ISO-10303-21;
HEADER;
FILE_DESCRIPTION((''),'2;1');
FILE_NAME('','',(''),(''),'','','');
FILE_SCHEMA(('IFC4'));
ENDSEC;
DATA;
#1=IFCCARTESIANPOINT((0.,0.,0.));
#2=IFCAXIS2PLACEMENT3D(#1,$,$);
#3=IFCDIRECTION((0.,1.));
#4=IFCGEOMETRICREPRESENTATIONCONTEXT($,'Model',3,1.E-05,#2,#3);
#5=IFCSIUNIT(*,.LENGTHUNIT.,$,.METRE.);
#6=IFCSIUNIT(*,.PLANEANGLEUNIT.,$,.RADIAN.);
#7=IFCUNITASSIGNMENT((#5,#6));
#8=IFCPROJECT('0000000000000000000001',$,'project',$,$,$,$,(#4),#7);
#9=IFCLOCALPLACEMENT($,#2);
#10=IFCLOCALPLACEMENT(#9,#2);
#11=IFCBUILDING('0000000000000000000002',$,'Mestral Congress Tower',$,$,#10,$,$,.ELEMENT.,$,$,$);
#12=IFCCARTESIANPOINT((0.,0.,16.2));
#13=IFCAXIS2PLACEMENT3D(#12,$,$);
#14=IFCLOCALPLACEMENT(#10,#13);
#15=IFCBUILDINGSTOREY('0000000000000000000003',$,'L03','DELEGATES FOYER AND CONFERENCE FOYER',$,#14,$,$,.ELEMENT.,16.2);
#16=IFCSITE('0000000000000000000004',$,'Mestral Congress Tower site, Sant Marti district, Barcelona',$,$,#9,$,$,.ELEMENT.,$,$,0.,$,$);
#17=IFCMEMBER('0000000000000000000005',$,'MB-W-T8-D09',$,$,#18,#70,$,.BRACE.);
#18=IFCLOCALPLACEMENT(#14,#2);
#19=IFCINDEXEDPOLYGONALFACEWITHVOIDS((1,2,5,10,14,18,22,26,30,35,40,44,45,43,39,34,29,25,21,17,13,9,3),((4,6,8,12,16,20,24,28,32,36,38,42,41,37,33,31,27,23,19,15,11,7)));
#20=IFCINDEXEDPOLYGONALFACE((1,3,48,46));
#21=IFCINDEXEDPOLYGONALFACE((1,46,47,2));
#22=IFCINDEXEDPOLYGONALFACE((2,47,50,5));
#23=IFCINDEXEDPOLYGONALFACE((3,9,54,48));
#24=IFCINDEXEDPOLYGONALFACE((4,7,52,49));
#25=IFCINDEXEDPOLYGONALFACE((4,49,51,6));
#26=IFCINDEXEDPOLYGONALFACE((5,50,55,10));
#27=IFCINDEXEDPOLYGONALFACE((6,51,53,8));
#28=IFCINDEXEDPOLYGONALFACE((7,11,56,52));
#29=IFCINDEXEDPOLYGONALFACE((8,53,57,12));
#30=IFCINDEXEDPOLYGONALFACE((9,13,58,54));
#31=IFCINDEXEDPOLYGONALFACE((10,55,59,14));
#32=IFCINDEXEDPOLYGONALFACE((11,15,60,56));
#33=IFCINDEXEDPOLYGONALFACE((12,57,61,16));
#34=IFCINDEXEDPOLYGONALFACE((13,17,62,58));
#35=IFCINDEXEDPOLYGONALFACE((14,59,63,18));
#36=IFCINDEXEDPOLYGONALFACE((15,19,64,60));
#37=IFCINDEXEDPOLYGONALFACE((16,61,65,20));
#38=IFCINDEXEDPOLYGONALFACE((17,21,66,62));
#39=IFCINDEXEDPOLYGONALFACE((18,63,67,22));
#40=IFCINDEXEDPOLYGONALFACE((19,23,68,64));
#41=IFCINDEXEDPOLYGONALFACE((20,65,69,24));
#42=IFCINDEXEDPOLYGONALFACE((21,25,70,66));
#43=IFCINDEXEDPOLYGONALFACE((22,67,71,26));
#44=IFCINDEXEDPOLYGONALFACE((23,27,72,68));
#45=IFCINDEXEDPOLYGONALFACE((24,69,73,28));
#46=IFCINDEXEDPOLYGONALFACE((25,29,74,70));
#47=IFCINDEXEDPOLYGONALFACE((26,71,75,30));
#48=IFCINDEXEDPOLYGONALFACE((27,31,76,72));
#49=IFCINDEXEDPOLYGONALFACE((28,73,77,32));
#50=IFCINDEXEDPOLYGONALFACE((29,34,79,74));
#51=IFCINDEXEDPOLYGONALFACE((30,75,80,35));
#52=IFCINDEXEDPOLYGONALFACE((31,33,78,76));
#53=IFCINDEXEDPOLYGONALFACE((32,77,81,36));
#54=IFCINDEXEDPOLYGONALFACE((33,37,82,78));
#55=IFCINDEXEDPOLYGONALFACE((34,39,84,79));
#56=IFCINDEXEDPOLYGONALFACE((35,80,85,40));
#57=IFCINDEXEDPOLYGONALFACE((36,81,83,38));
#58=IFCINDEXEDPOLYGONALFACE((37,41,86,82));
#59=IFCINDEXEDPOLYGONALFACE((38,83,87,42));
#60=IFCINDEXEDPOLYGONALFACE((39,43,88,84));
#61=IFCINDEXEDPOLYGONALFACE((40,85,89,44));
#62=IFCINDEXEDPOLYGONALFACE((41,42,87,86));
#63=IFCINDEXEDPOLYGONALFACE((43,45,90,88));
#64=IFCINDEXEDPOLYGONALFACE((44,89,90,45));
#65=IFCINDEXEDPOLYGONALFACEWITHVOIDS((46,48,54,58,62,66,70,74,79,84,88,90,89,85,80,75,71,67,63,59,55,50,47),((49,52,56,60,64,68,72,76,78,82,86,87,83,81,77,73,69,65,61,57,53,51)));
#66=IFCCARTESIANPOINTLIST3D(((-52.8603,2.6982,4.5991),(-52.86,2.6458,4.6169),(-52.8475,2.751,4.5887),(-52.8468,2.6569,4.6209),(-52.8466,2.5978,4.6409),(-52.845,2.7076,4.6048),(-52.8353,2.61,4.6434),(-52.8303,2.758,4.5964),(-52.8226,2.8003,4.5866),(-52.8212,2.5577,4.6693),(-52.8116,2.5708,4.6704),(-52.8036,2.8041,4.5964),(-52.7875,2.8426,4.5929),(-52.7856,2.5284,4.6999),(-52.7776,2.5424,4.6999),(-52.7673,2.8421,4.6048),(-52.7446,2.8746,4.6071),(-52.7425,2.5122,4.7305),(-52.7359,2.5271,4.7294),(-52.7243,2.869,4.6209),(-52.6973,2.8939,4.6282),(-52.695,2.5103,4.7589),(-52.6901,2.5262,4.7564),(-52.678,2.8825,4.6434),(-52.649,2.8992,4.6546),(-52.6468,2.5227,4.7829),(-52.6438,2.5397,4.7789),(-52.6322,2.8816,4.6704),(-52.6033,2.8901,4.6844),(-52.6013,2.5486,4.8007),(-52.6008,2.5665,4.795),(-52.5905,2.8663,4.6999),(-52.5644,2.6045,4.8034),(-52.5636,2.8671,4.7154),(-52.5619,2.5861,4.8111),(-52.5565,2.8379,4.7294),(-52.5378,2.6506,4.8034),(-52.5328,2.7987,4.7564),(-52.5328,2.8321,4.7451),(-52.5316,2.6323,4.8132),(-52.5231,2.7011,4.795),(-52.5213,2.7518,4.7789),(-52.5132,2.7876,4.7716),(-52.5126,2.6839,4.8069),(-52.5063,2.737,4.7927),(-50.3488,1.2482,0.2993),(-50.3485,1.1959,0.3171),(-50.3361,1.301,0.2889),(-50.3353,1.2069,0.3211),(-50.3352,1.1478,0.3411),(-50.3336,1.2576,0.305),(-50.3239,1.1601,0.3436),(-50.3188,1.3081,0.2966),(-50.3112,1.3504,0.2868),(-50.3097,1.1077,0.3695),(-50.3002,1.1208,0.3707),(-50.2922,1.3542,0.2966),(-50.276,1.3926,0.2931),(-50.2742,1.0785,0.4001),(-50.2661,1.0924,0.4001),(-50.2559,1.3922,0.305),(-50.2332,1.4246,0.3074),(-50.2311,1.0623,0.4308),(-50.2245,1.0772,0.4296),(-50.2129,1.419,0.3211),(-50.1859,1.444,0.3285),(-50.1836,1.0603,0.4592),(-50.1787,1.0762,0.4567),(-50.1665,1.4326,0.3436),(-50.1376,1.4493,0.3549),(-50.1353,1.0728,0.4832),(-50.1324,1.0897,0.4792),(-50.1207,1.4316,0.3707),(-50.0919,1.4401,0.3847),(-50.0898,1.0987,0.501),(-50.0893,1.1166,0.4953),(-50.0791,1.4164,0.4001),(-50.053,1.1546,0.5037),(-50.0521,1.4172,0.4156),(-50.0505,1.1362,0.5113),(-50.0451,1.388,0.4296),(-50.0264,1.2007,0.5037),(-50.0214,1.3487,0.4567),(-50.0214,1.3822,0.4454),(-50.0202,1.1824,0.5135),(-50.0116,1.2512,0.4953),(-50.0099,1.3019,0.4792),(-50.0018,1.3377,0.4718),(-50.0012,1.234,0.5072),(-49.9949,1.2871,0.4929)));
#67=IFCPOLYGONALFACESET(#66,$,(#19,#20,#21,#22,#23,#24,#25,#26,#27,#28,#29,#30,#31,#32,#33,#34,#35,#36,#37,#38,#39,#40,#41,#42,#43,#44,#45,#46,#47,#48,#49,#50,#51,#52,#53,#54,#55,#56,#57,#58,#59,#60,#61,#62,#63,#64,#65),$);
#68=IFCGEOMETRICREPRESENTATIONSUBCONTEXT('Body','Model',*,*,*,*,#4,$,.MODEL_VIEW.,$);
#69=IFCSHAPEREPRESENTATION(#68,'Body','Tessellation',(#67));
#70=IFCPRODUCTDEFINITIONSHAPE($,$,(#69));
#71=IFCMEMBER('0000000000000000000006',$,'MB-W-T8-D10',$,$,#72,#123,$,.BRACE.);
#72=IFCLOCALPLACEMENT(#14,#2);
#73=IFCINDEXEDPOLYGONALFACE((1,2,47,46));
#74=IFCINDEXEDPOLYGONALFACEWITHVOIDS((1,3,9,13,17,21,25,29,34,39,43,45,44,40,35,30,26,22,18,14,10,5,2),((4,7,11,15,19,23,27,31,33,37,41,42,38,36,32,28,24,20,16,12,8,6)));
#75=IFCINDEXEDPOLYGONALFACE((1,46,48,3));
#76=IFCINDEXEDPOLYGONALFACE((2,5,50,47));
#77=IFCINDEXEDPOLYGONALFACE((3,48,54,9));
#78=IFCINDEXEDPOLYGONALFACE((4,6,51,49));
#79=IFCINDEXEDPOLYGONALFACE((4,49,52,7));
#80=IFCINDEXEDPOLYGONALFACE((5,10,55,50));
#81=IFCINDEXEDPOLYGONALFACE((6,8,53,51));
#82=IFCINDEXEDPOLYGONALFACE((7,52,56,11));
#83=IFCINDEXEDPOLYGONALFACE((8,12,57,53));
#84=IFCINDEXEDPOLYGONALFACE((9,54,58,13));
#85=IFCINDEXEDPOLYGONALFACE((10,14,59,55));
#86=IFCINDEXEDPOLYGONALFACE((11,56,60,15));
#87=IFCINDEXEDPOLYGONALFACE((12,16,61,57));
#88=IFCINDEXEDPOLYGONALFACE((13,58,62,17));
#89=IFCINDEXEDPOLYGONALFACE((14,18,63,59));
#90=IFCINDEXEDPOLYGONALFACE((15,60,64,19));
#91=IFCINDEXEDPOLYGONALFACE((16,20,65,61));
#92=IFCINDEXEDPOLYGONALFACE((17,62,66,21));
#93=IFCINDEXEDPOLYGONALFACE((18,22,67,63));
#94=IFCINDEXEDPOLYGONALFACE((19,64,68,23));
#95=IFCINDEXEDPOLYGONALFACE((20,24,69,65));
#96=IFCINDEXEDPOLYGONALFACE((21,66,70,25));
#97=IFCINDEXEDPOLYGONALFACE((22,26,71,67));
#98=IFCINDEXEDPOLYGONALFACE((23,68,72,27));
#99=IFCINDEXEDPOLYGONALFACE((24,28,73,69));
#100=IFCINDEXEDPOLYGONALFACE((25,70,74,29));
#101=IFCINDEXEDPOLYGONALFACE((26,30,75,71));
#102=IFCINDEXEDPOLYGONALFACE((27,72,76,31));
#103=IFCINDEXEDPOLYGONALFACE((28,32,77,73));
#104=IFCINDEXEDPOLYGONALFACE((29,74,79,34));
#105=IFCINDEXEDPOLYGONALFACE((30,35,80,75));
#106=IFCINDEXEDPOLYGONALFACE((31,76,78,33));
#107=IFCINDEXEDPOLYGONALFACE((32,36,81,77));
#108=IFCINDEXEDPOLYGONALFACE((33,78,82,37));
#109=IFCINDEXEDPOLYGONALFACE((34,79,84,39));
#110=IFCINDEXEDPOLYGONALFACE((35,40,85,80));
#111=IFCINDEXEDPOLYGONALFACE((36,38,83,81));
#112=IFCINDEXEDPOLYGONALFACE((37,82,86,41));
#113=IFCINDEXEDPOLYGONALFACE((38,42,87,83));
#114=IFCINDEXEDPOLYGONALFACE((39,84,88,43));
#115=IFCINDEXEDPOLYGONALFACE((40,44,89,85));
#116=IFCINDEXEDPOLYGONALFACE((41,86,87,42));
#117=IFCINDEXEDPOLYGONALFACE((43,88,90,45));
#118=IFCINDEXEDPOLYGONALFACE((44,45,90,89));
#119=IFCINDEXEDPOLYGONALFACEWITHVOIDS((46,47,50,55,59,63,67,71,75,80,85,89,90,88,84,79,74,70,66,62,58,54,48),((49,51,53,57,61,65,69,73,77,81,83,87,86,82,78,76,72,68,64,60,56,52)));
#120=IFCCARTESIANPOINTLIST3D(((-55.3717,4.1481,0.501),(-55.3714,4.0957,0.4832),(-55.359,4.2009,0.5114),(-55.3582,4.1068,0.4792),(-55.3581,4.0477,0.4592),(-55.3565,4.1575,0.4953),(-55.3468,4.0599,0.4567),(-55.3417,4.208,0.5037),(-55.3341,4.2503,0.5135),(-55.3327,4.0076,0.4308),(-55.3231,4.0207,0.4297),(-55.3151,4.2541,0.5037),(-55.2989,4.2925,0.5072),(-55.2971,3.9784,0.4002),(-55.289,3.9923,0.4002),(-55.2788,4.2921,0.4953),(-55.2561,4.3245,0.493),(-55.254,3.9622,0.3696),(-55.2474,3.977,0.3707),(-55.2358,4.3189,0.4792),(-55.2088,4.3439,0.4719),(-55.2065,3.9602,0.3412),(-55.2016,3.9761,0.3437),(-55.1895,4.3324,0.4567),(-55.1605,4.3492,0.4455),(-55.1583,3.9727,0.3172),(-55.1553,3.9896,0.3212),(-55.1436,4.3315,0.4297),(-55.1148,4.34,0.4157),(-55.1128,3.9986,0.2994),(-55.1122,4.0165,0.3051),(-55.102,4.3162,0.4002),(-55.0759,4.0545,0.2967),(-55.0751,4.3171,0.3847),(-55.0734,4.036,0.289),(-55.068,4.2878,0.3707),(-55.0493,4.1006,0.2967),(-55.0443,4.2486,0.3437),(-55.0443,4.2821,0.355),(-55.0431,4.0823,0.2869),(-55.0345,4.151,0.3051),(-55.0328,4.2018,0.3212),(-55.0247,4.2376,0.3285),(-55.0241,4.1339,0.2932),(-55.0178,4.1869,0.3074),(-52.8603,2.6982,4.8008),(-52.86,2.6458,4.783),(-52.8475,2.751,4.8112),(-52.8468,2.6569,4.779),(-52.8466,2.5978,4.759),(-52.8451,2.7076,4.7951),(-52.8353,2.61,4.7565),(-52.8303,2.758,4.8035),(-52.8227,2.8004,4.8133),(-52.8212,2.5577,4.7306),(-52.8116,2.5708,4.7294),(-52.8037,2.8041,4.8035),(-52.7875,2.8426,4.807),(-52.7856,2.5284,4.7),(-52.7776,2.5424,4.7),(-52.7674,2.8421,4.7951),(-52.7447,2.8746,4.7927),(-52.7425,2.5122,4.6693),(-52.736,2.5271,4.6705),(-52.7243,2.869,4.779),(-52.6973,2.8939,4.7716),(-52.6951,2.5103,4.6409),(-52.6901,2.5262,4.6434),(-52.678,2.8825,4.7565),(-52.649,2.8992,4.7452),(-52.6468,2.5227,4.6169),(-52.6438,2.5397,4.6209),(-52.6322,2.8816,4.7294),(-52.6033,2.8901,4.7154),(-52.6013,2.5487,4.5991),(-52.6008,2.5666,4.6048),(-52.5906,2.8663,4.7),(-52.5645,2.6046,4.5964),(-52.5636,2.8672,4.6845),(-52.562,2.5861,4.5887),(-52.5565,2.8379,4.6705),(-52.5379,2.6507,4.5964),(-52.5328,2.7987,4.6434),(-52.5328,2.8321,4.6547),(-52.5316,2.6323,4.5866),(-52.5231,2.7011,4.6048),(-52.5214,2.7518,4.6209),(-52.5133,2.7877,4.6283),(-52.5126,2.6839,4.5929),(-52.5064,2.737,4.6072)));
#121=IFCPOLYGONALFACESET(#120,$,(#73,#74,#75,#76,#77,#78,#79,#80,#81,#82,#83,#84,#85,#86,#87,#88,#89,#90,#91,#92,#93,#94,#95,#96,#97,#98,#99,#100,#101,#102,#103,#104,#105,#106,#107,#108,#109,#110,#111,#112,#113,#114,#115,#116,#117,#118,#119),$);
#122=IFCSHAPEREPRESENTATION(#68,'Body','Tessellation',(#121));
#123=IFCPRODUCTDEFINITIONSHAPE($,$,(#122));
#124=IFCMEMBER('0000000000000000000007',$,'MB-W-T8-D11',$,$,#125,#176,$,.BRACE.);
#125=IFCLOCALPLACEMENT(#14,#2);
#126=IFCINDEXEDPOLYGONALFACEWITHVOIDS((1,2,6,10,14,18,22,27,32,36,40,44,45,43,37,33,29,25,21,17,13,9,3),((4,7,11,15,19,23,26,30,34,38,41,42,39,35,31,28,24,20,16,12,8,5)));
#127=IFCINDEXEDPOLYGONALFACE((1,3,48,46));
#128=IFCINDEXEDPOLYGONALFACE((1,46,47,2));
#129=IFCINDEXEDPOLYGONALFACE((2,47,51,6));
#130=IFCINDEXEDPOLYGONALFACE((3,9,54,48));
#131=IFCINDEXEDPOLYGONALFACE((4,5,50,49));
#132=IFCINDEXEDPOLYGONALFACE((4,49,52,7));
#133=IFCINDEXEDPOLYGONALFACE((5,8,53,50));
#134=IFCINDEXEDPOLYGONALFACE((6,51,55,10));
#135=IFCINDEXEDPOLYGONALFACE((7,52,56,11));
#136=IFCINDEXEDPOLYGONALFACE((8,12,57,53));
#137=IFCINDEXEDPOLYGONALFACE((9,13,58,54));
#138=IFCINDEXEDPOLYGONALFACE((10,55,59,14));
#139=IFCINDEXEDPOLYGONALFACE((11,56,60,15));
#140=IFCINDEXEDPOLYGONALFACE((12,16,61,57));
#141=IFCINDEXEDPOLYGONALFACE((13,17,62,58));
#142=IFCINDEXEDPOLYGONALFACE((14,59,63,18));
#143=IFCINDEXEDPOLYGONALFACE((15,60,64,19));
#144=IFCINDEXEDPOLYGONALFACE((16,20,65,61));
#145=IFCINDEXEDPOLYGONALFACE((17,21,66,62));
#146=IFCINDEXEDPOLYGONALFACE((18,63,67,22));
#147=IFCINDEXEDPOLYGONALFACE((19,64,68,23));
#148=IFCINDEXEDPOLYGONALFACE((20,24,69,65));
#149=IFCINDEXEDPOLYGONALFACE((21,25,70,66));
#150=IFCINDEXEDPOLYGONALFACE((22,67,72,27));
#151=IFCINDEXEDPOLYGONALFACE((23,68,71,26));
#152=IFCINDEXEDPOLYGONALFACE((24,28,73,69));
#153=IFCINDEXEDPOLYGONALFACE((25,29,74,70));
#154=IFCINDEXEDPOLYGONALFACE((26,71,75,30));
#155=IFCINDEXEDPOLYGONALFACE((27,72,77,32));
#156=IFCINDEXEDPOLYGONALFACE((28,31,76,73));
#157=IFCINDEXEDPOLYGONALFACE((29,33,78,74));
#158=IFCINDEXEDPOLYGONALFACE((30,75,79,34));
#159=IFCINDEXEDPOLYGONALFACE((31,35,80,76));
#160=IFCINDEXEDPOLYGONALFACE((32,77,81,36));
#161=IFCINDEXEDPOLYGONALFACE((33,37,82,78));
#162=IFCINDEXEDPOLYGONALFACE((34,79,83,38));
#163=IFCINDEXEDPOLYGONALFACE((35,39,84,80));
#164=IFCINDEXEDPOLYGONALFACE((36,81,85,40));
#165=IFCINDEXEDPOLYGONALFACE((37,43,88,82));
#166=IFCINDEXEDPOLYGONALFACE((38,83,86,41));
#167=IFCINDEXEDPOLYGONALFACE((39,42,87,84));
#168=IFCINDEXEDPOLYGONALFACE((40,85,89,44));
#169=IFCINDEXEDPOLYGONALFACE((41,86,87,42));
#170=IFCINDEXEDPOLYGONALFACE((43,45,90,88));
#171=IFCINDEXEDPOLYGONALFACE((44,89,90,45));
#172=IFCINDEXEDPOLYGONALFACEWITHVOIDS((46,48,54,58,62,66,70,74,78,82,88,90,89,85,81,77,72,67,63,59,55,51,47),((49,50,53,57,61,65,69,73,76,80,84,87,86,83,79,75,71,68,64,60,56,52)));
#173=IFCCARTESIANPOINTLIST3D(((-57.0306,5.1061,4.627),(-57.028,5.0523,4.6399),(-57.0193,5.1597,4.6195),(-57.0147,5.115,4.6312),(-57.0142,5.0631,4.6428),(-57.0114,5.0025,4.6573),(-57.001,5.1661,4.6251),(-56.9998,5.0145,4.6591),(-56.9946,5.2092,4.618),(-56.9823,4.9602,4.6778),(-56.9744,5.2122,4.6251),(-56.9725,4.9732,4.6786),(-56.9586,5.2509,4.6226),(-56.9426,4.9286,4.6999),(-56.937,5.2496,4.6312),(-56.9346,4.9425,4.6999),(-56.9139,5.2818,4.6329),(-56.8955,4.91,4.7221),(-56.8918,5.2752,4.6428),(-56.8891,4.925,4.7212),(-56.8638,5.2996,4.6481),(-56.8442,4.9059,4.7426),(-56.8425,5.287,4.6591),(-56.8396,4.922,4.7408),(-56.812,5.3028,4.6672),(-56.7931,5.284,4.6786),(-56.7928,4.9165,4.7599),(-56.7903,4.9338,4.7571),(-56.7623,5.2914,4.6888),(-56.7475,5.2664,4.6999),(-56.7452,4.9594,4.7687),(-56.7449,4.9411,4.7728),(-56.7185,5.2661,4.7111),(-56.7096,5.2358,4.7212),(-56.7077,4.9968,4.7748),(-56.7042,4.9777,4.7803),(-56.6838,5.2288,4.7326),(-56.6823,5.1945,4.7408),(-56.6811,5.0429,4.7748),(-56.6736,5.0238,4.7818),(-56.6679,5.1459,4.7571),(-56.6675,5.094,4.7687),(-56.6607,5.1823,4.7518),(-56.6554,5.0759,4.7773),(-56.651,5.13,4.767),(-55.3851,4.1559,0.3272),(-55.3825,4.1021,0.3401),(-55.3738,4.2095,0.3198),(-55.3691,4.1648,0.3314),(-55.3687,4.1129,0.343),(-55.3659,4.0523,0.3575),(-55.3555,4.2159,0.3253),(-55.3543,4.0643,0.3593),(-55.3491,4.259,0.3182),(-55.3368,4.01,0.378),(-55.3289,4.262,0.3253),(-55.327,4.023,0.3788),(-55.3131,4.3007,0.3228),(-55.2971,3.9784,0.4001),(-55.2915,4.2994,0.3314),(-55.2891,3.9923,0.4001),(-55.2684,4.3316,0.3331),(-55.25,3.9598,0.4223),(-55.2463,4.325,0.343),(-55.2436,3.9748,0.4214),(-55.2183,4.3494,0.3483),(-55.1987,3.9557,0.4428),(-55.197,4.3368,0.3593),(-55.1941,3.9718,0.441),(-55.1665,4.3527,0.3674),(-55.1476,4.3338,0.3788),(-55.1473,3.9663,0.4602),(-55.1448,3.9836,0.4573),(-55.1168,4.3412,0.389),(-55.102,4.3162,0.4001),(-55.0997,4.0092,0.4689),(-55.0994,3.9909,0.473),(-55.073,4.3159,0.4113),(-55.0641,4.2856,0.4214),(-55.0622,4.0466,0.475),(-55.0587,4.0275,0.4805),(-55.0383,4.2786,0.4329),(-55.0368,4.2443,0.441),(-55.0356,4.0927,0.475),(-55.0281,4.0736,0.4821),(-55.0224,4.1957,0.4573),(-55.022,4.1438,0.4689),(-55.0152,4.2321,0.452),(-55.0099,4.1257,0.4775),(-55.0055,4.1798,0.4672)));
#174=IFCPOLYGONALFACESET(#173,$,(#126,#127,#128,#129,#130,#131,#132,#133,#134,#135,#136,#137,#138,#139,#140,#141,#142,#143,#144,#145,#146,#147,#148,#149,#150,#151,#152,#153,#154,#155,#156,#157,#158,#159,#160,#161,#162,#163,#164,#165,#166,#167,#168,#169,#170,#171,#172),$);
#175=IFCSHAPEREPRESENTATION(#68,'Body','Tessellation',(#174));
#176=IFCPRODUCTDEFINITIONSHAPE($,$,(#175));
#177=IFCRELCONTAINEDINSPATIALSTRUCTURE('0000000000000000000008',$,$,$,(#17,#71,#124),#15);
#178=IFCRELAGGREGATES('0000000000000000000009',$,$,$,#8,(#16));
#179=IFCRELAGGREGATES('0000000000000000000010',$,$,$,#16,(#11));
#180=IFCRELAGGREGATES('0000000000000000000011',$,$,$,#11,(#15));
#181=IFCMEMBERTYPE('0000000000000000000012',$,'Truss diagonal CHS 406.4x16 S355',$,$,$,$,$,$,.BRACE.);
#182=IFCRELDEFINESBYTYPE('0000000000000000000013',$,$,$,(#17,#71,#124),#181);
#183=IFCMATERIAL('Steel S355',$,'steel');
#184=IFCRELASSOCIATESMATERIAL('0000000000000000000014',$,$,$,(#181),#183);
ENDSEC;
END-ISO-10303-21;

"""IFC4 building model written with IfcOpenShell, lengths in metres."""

from ifc_helpers import new_model, si_unit, direction, frame, origin, origin_2d, place, context, subcontext, project, spatial, hollow_circle, extrude, material, material_profile, profile_set, type_object, element, save


model = new_model("IFC4")

# Units and contexts
model_context = context("Model", 3, precision=1e-05, world=origin(), true_north=direction((0.0, 1.0)))
body_context = subcontext(model_context, "Body", "Model", "MODEL_VIEW")
ifc_project = project(units=[si_unit("LENGTHUNIT", "METRE"), si_unit("PLANEANGLEUNIT", "RADIAN")], contexts=[model_context])

# Site, building, storey
site_placement = place(None, origin())
site = spatial("IfcSite", under=ifc_project, at=site_placement, Name="Mestral Congress Tower site, Sant Marti district, Barcelona", CompositionType="ELEMENT", RefElevation=0.0)
building_placement = place(site_placement, origin())
building = spatial("IfcBuilding", under=site, at=building_placement, Name="Mestral Congress Tower", CompositionType="ELEMENT")
storey_placement = place(building_placement, frame((0.0, 0.0, 16.2)))
storey = spatial("IfcBuildingStorey", under=building, at=storey_placement, Name="L03", Description="DELEGATES FOYER AND CONFERENCE FOYER", CompositionType="ELEMENT", Elevation=16.2)

# Shared definitions
ifc_material_1 = material(Name="Steel S355", Category="steel")

# Members
ifc_material_profile_1 = material_profile(ifc_material_1, hollow_circle(Radius=0.2031, WallThickness=0.0161, at=origin_2d()), Name="CHS 406.4x16")
ifc_profile_set_1 = profile_set([ifc_material_profile_1], Name="Steel S355")
member_type_1 = type_object("IfcMemberType", Name="Truss diagonal CHS 406.4x16 S355", PredefinedType="BRACE", material=ifc_profile_set_1)
for number, where, z_axis, x_axis, name in (
    (1, (-50.1726, 1.2544, 0.4001), (-0.484247, 0.279571, 0.829062), (-0.499987, -0.866033, 0.0), "MB-W-T8-D09"),
    (2, (-52.6841, 2.7043, 4.7), (-0.484247, 0.279571, -0.829062), (-0.499987, -0.866033, 0.0), "MB-W-T8-D10"),
):
    element("IfcMember", number, at=place(storey_placement, frame(where, z_axis=z_axis, x_axis=x_axis)), inside=storey, type_object=member_type_1, Name=name, PredefinedType="BRACE", context=body_context, shape_type="SweptSolid", body=[
        extrude(hollow_circle(Radius=0.2031, WallThickness=0.0161, at=origin_2d()), origin(), (0.0, 0.0, 1.0), 5.1863),
    ])
for number, where, z_axis, x_axis, name in (
    (3, (-55.1956, 4.1543, 0.4001), (-0.350038, 0.202129, 0.914668), (-0.500064, -0.865989, 0.0), "MB-W-T8-D11"),
):
    element("IfcMember", number, at=place(storey_placement, frame(where, z_axis=z_axis, x_axis=x_axis)), inside=storey, type_object=member_type_1, Name=name, PredefinedType="BRACE", context=body_context, shape_type="SweptSolid", body=[
        extrude(hollow_circle(Radius=0.2031, WallThickness=0.0161, at=origin_2d()), origin(), (0.0, 0.0, 1.0), 4.7009),
    ])

save(model, "model.ifc")
